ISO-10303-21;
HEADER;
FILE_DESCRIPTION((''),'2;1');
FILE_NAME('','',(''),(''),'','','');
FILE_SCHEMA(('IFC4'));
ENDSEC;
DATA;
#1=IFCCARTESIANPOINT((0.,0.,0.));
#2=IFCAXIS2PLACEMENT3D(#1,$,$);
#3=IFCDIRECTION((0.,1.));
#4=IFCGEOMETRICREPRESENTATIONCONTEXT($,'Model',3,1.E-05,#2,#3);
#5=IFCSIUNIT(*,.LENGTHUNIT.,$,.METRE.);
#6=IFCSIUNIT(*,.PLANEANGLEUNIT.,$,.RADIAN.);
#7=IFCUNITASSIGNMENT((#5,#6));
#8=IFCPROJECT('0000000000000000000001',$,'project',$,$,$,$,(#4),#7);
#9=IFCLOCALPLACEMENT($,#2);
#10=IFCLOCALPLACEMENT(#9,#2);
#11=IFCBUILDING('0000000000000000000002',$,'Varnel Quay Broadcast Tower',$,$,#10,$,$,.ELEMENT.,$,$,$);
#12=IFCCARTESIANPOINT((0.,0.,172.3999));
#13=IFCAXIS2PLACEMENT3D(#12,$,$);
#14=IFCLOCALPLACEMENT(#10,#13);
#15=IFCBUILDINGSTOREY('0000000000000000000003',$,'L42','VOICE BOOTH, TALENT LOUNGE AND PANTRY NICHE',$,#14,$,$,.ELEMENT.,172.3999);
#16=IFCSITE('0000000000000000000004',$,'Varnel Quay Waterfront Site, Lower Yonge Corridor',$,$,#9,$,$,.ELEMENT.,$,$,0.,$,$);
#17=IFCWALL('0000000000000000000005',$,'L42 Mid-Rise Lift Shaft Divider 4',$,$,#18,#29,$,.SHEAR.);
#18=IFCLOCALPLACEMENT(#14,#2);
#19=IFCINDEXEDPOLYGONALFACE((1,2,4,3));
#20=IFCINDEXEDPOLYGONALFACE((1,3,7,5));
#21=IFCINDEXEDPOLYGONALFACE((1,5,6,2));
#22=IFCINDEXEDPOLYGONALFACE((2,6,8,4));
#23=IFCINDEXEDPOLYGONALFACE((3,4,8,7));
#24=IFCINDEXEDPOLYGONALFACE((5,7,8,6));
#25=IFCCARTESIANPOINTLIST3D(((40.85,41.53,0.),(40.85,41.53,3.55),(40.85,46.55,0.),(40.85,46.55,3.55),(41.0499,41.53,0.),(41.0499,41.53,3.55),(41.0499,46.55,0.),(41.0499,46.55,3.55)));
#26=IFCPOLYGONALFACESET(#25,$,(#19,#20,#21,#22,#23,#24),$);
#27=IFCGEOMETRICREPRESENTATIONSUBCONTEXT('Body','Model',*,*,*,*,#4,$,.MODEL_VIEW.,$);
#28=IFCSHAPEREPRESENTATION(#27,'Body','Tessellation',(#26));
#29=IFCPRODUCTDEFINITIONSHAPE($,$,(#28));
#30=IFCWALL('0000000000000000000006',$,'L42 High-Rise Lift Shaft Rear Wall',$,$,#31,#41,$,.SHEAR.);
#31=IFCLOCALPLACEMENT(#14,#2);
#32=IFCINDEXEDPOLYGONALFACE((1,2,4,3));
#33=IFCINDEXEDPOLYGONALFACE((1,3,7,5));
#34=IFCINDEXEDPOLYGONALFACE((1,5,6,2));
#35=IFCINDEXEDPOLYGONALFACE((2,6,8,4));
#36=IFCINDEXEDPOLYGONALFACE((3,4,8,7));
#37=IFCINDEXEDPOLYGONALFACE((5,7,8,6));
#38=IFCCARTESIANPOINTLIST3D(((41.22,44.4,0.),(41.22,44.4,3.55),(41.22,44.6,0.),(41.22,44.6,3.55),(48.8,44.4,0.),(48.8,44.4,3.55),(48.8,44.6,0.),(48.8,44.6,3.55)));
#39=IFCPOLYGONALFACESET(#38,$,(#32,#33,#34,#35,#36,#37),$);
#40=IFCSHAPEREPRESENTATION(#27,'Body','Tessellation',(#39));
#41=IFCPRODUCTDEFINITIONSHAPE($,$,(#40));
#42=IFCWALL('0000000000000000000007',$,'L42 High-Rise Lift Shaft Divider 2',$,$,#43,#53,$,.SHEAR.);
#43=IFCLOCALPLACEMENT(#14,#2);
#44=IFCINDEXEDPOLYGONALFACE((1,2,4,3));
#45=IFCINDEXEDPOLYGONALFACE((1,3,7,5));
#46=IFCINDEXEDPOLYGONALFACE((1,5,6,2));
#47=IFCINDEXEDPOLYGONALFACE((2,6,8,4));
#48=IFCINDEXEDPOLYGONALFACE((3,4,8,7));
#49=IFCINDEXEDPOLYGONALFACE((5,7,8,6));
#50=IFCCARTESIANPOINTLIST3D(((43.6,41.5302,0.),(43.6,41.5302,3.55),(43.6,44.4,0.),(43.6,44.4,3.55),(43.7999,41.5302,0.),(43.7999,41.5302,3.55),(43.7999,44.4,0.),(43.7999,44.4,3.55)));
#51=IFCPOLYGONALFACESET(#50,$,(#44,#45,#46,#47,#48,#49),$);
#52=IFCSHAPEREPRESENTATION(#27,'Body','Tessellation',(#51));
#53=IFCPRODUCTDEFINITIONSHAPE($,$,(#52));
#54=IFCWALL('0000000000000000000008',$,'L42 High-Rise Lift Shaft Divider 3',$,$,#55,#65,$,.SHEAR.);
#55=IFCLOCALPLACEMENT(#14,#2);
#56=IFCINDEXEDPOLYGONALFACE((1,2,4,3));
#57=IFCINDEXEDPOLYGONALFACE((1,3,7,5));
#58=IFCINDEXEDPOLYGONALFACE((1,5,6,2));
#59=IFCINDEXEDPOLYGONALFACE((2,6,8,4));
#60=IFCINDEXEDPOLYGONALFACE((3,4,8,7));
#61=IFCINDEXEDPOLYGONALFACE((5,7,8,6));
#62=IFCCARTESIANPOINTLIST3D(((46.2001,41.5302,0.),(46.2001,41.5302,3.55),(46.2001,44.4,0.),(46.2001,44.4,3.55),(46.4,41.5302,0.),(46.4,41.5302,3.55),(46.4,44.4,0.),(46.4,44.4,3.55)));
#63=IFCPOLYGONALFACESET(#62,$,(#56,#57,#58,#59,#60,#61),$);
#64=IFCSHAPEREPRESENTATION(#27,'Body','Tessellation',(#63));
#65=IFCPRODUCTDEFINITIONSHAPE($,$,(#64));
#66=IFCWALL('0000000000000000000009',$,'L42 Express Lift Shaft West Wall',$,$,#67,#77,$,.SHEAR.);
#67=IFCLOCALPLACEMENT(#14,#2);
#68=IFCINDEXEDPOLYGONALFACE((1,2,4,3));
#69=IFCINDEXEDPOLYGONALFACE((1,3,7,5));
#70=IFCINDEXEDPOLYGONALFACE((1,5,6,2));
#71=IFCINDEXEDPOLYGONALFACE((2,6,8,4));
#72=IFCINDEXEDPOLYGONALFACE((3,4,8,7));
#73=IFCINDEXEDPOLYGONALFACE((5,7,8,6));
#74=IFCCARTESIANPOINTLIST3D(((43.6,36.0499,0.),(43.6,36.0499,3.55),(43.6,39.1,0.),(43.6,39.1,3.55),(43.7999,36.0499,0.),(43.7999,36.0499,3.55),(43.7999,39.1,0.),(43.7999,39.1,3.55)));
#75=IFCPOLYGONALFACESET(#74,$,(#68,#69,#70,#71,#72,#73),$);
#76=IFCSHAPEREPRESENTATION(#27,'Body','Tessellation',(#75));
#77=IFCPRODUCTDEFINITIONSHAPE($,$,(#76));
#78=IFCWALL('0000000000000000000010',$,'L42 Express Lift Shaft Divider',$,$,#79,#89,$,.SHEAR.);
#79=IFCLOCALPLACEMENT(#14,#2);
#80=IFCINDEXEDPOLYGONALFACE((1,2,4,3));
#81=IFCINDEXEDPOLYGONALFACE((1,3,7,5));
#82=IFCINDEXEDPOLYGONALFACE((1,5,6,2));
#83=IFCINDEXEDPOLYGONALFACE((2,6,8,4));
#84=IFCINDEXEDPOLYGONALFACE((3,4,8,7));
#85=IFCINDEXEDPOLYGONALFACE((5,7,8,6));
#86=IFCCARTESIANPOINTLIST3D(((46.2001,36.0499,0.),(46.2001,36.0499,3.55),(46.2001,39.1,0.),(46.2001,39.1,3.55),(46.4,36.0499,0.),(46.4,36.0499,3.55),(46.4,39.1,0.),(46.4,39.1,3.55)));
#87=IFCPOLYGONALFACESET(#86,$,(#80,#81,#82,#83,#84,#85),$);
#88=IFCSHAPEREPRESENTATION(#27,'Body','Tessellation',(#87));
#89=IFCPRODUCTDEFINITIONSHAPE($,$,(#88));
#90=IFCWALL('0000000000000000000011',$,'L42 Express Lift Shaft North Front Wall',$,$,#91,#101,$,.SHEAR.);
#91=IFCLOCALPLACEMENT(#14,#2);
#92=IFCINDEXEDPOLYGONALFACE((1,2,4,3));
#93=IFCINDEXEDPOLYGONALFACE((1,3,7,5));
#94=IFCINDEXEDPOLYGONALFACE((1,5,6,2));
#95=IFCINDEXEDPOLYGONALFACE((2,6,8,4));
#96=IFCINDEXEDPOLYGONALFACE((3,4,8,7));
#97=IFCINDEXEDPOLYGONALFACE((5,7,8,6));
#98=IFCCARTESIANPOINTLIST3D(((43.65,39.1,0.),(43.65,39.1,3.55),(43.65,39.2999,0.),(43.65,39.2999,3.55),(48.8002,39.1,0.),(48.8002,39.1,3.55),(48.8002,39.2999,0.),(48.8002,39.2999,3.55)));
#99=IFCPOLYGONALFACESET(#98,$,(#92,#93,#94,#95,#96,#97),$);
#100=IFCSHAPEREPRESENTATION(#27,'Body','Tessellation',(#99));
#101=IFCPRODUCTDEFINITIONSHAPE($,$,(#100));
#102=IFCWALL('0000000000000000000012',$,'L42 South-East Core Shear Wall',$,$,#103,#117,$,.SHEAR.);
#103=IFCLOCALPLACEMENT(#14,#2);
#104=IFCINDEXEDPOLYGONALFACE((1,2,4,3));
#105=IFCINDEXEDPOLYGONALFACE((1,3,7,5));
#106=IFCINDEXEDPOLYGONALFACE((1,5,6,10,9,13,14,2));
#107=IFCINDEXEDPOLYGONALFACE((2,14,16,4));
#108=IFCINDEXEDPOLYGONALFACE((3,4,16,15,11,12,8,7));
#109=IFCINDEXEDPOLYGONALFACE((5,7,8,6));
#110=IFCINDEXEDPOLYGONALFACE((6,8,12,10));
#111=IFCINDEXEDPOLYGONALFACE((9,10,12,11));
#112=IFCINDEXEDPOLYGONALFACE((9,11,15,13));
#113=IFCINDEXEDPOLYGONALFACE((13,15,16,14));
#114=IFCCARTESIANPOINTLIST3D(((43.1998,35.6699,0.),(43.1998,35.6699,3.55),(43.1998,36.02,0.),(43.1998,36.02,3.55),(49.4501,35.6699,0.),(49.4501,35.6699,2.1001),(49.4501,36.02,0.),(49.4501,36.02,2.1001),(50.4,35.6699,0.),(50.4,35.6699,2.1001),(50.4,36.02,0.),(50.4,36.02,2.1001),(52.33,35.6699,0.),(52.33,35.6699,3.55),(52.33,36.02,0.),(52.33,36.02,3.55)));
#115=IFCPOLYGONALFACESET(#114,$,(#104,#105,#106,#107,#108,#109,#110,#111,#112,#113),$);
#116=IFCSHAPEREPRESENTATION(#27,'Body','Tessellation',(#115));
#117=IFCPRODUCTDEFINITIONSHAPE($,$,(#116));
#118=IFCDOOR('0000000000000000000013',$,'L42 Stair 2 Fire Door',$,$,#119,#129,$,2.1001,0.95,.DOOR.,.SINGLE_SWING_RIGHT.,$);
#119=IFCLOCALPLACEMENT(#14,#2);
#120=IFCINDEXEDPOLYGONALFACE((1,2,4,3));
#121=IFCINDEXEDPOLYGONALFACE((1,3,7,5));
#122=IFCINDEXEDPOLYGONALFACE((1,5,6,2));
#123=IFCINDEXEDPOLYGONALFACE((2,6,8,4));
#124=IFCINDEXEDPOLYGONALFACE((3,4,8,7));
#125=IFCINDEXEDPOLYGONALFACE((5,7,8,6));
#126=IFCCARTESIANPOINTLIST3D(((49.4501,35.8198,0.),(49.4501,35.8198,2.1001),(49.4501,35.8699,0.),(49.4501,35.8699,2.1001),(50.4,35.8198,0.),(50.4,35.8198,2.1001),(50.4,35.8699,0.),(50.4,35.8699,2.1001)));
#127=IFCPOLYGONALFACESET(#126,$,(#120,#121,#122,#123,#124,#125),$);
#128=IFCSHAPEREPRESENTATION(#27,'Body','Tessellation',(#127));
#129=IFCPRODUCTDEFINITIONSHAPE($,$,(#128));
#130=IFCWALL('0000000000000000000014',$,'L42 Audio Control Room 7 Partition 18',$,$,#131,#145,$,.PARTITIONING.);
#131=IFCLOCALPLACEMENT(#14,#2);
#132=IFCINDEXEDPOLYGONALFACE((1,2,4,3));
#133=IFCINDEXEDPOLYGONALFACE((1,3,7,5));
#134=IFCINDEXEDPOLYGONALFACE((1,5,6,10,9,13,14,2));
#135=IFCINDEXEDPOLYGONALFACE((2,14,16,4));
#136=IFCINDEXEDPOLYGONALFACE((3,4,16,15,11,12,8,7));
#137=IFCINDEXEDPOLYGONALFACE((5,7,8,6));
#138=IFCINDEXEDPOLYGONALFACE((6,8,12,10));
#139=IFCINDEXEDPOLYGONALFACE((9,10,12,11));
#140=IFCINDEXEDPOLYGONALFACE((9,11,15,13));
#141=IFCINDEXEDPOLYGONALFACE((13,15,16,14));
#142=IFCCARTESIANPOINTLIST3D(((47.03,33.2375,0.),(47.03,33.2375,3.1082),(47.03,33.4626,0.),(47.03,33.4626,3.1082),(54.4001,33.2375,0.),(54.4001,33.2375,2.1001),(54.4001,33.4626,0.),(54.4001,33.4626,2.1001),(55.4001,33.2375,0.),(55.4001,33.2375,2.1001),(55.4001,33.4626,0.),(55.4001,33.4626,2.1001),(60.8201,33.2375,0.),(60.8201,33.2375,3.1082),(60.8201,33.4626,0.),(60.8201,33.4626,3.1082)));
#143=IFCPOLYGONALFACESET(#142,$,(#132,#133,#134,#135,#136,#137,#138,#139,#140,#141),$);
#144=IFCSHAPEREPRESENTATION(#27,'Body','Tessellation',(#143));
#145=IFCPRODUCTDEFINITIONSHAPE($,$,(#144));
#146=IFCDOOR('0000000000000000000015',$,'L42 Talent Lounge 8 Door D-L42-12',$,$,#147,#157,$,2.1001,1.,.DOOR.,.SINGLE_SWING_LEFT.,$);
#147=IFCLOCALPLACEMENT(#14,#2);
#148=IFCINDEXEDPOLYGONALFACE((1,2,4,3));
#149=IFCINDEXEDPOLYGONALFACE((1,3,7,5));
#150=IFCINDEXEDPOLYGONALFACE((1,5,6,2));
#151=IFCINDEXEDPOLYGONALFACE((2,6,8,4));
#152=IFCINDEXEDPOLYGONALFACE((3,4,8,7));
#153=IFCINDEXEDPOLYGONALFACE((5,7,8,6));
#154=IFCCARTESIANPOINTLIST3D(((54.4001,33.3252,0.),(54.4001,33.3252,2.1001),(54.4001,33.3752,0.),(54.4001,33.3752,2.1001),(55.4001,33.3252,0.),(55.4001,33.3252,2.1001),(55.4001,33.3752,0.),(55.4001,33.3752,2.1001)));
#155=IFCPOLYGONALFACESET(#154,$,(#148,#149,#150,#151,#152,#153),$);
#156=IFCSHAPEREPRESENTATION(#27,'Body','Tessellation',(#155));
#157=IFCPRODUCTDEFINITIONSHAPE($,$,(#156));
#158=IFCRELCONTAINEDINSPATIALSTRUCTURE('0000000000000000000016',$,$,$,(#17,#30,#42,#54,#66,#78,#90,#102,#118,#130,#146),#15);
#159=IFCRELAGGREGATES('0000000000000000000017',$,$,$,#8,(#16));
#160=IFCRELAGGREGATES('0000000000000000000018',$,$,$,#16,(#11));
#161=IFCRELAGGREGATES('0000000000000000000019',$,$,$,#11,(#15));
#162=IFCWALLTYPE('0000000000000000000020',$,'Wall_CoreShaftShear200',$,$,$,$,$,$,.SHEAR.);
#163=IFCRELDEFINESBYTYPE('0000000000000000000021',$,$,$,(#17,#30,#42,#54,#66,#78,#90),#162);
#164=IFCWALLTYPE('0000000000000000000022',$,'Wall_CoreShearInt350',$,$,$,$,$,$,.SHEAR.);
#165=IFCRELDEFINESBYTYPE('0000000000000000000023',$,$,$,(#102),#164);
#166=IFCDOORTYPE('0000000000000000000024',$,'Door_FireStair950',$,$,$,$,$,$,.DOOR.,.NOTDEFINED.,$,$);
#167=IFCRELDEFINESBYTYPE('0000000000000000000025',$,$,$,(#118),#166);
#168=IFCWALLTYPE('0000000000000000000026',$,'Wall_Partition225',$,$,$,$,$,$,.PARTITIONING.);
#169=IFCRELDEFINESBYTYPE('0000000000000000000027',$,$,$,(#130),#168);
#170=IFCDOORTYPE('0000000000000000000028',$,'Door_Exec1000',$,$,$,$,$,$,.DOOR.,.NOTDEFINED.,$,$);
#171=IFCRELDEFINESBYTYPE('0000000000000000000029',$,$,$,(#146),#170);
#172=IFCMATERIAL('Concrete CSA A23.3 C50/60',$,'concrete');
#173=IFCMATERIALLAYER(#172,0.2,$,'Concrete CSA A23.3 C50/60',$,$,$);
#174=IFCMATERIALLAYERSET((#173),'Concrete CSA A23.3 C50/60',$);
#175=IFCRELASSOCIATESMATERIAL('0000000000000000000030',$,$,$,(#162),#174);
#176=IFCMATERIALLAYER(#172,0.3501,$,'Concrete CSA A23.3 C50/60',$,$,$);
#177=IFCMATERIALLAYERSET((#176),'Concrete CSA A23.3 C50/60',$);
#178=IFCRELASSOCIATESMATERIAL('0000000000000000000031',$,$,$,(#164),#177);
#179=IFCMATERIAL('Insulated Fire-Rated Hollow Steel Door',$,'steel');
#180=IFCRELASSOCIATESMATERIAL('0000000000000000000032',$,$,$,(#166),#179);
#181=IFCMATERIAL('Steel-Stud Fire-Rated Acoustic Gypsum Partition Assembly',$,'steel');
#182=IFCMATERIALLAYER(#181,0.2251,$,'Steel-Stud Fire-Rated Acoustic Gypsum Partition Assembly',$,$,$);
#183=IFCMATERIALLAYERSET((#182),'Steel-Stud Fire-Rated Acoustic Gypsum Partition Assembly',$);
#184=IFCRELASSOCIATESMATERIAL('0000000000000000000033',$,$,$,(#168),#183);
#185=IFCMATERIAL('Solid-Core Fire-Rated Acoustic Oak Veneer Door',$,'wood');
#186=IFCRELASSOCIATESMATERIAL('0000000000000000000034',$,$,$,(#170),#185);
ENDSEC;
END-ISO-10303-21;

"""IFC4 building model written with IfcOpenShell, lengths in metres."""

from ifc_helpers import new_model, si_unit, direction, frame, frame_2d, origin, place, context, subcontext, project, spatial, rectangle, extrude, source, transform, mapped, material, layer, layer_set, type_object, type_shapes, element, fill, save


model = new_model("IFC4")

# Units and contexts
model_context = context("Model", 3, precision=1e-05, world=origin(), true_north=direction((0.0, 1.0)))
body_context = subcontext(model_context, "Body", "Model", "MODEL_VIEW")
ifc_project = project(units=[si_unit("LENGTHUNIT", "METRE"), si_unit("PLANEANGLEUNIT", "RADIAN")], contexts=[model_context])

# Site, building, storey
site_placement = place(None, origin())
site = spatial("IfcSite", under=ifc_project, at=site_placement, Name="Varnel Quay Waterfront Site, Lower Yonge Corridor", CompositionType="ELEMENT", RefElevation=0.0)
building_placement = place(site_placement, origin())
building = spatial("IfcBuilding", under=site, at=building_placement, Name="Varnel Quay Broadcast Tower", CompositionType="ELEMENT")
storey_placement = place(building_placement, frame((0.0, 0.0, 172.3999)))
storey = spatial("IfcBuildingStorey", under=building, at=storey_placement, Name="L42", Description="VOICE BOOTH, TALENT LOUNGE AND PANTRY NICHE", CompositionType="ELEMENT", Elevation=172.3999)

# Walls
ifc_material_1 = material(Name="Concrete CSA A23.3 C50/60", Category="concrete")
ifc_layer_1 = layer(ifc_material_1, 0.2, Name="Concrete CSA A23.3 C50/60")
ifc_layer_set_1 = layer_set([ifc_layer_1], Name="Concrete CSA A23.3 C50/60")
wall_type_1 = type_object("IfcWallType", Name="Wall_CoreShaftShear200", PredefinedType="SHEAR", material=ifc_layer_set_1)
wall_1_placement = place(storey_placement, frame((40.95, 41.53, 0.0), z_axis=(0.0, 0.0, 1.0), x_axis=(0.0, 1.0, 0.0)))
element("IfcWall", 1, at=wall_1_placement, inside=storey, type_object=wall_type_1, Name="L42 Mid-Rise Lift Shaft Divider 4", PredefinedType="SHEAR", context=body_context, shape_type="SweptSolid", body=[
    extrude(rectangle(XDim=5.02, YDim=0.2, at=frame_2d((2.51, 0.0))), origin(), (0.0, 0.0, 1.0), 3.55),
])
wall_2_placement = place(storey_placement, frame((41.22, 44.5, 0.0), z_axis=(0.0, 0.0, 1.0), x_axis=(1.0, 0.0, 0.0)))
element("IfcWall", 2, at=wall_2_placement, inside=storey, type_object=wall_type_1, Name="L42 High-Rise Lift Shaft Rear Wall", PredefinedType="SHEAR", context=body_context, shape_type="SweptSolid", body=[
    extrude(rectangle(XDim=7.5801, YDim=0.2, at=frame_2d((3.79, 0.0))), origin(), (0.0, 0.0, 1.0), 3.55),
])
for number, where, z_axis, x_axis, name in (
    (3, (43.7, 41.53, 0.0), (0.0, 0.0, 1.0), (0.0, 1.0, 0.0), "L42 High-Rise Lift Shaft Divider 2"),
    (4, (46.3, 41.53, 0.0), (0.0, 0.0, 1.0), (0.0, 1.0, 0.0), "L42 High-Rise Lift Shaft Divider 3"),
):
    element("IfcWall", number, at=place(storey_placement, frame(where, z_axis=z_axis, x_axis=x_axis)), inside=storey, type_object=wall_type_1, Name=name, PredefinedType="SHEAR", context=body_context, shape_type="SweptSolid", body=[
        extrude(rectangle(XDim=2.8699, YDim=0.2, at=frame_2d((1.4351, 0.0))), origin(), (0.0, 0.0, 1.0), 3.55),
    ])
for number, where, z_axis, x_axis, name in (
    (5, (43.7, 36.05, 0.0), (0.0, 0.0, 1.0), (0.0, 1.0, 0.0), "L42 Express Lift Shaft West Wall"),
    (6, (46.3, 36.05, 0.0), (0.0, 0.0, 1.0), (0.0, 1.0, 0.0), "L42 Express Lift Shaft Divider"),
):
    element("IfcWall", number, at=place(storey_placement, frame(where, z_axis=z_axis, x_axis=x_axis)), inside=storey, type_object=wall_type_1, Name=name, PredefinedType="SHEAR", context=body_context, shape_type="SweptSolid", body=[
        extrude(rectangle(XDim=3.05, YDim=0.2, at=frame_2d((1.5249, 0.0))), origin(), (0.0, 0.0, 1.0), 3.55),
    ])
wall_3_placement = place(storey_placement, frame((43.6499, 39.2, 0.0), z_axis=(0.0, 0.0, 1.0), x_axis=(1.0, 0.0, 0.0)))
element("IfcWall", 7, at=wall_3_placement, inside=storey, type_object=wall_type_1, Name="L42 Express Lift Shaft North Front Wall", PredefinedType="SHEAR", context=body_context, shape_type="SweptSolid", body=[
    extrude(rectangle(XDim=5.1501, YDim=0.2, at=frame_2d((2.5752, 0.0))), origin(), (0.0, 0.0, 1.0), 3.55),
])

# Walls, openings, doors
ifc_layer_2 = layer(ifc_material_1, 0.3501, Name="Concrete CSA A23.3 C50/60")
ifc_layer_set_2 = layer_set([ifc_layer_2], Name="Concrete CSA A23.3 C50/60")
wall_type_2 = type_object("IfcWallType", Name="Wall_CoreShearInt350", PredefinedType="SHEAR", material=ifc_layer_set_2)
wall_4_placement = place(storey_placement, frame((43.2, 35.845, 0.0), z_axis=(0.0, 0.0, 1.0), x_axis=(1.0, 0.0, 0.0)))
wall_4 = element("IfcWall", 8, at=wall_4_placement, inside=storey, type_object=wall_type_2, Name="L42 South-East Core Shear Wall", PredefinedType="SHEAR", context=body_context, shape_type="SweptSolid", body=[
    extrude(rectangle(XDim=9.1301, YDim=0.3501, at=frame_2d((4.5649, 0.0))), origin(), (0.0, 0.0, 1.0), 3.55),
])
opening_1_placement = place(wall_4_placement, frame((6.25, 0.0, 0.0)))
opening_1 = element("IfcOpeningElement", 9, at=opening_1_placement, cuts=wall_4, PredefinedType="OPENING", context=body_context, shape_type="SweptSolid", body=[
    extrude(rectangle(XDim=0.95, YDim=2.1001, at=frame_2d((0.4751, 1.05))), frame((0.0, 0.1851, 0.0), z_axis=(0.0, -1.0, 0.0), x_axis=(1.0, 0.0, 0.0)), (0.0, 0.0, 1.0), 0.3701),
])
ifc_material_2 = material(Name="Insulated Fire-Rated Hollow Steel Door", Category="steel")
door_type_1 = type_object("IfcDoorType", Name="Door_FireStair950", OperationType="NOTDEFINED", PredefinedType="DOOR", material=ifc_material_2)
shared_shape_1 = source(origin(), body_context, "Body", "SweptSolid", [
    extrude(rectangle(XDim=0.95, YDim=2.1001, at=frame_2d((0.4751, 1.05))), frame((0.0, 0.0249, 0.0), z_axis=(0.0, -1.0, 0.0), x_axis=(1.0, 0.0, 0.0)), (0.0, 0.0, 1.0), 0.05),
])
type_shapes(door_type_1, [shared_shape_1])
door_1_placement = place(opening_1_placement, origin())
door_1 = element("IfcDoor", 10, at=door_1_placement, inside=storey, type_object=door_type_1, Name="L42 Stair 2 Fire Door", OperationType="SINGLE_SWING_RIGHT", OverallHeight=2.1001, OverallWidth=0.95, PredefinedType="DOOR", context=body_context, shape_type="MappedRepresentation", body=[
    mapped(shared_shape_1, transform((0.0, 0.0, 0.0), x_axis=(1.0, 0.0, 0.0), y_axis=(0.0, 1.0, 0.0), z_axis=(0.0, 0.0, 1.0), scale=1.0)),
])
fill(opening_1, door_1)
ifc_material_3 = material(Name="Steel-Stud Fire-Rated Acoustic Gypsum Partition Assembly", Category="steel")
ifc_layer_3 = layer(ifc_material_3, 0.2251, Name="Steel-Stud Fire-Rated Acoustic Gypsum Partition Assembly")
ifc_layer_set_3 = layer_set([ifc_layer_3], Name="Steel-Stud Fire-Rated Acoustic Gypsum Partition Assembly")
wall_type_3 = type_object("IfcWallType", Name="Wall_Partition225", PredefinedType="PARTITIONING", material=ifc_layer_set_3)
wall_5_placement = place(storey_placement, frame((47.03, 33.3501, 0.0), z_axis=(0.0, 0.0, 1.0), x_axis=(1.0, 0.0, 0.0)))
wall_5 = element("IfcWall", 11, at=wall_5_placement, inside=storey, type_object=wall_type_3, Name="L42 Audio Control Room 7 Partition 18", PredefinedType="PARTITIONING", context=body_context, shape_type="SweptSolid", body=[
    extrude(rectangle(XDim=13.79, YDim=0.2251, at=frame_2d((6.895, 0.0))), origin(), (0.0, 0.0, 1.0), 3.1082),
])
opening_2_placement = place(wall_5_placement, frame((7.3701, 0.0, 0.0)))
opening_2 = element("IfcOpeningElement", 12, at=opening_2_placement, cuts=wall_5, PredefinedType="OPENING", context=body_context, shape_type="SweptSolid", body=[
    extrude(rectangle(XDim=1.0, YDim=2.1001, at=frame_2d((0.5, 1.05))), frame((0.0, 0.1226, 0.0), z_axis=(0.0, -1.0, 0.0), x_axis=(1.0, 0.0, 0.0)), (0.0, 0.0, 1.0), 0.2451),
])
ifc_material_4 = material(Name="Solid-Core Fire-Rated Acoustic Oak Veneer Door", Category="wood")
door_type_2 = type_object("IfcDoorType", Name="Door_Exec1000", OperationType="NOTDEFINED", PredefinedType="DOOR", material=ifc_material_4)
shared_shape_2 = source(origin(), body_context, "Body", "SweptSolid", [
    extrude(rectangle(XDim=1.0, YDim=2.1001, at=frame_2d((0.5, 1.05))), frame((0.0, 0.0249, 0.0), z_axis=(0.0, -1.0, 0.0), x_axis=(1.0, 0.0, 0.0)), (0.0, 0.0, 1.0), 0.05),
])
type_shapes(door_type_2, [shared_shape_2])
door_2_placement = place(opening_2_placement, frame((1.0, 0.0, 0.0), z_axis=(0.0, 0.0, 1.0), x_axis=(-1.0, 0.0, 0.0)))
door_2 = element("IfcDoor", 13, at=door_2_placement, inside=storey, type_object=door_type_2, Name="L42 Talent Lounge 8 Door D-L42-12", OperationType="SINGLE_SWING_LEFT", OverallHeight=2.1001, OverallWidth=1.0, PredefinedType="DOOR", context=body_context, shape_type="MappedRepresentation", body=[
    mapped(shared_shape_2, transform((0.0, 0.0, 0.0), x_axis=(1.0, 0.0, 0.0), y_axis=(0.0, 1.0, 0.0), z_axis=(0.0, 0.0, 1.0), scale=1.0)),
])
fill(opening_2, door_2)

save(model, "model.ifc")
